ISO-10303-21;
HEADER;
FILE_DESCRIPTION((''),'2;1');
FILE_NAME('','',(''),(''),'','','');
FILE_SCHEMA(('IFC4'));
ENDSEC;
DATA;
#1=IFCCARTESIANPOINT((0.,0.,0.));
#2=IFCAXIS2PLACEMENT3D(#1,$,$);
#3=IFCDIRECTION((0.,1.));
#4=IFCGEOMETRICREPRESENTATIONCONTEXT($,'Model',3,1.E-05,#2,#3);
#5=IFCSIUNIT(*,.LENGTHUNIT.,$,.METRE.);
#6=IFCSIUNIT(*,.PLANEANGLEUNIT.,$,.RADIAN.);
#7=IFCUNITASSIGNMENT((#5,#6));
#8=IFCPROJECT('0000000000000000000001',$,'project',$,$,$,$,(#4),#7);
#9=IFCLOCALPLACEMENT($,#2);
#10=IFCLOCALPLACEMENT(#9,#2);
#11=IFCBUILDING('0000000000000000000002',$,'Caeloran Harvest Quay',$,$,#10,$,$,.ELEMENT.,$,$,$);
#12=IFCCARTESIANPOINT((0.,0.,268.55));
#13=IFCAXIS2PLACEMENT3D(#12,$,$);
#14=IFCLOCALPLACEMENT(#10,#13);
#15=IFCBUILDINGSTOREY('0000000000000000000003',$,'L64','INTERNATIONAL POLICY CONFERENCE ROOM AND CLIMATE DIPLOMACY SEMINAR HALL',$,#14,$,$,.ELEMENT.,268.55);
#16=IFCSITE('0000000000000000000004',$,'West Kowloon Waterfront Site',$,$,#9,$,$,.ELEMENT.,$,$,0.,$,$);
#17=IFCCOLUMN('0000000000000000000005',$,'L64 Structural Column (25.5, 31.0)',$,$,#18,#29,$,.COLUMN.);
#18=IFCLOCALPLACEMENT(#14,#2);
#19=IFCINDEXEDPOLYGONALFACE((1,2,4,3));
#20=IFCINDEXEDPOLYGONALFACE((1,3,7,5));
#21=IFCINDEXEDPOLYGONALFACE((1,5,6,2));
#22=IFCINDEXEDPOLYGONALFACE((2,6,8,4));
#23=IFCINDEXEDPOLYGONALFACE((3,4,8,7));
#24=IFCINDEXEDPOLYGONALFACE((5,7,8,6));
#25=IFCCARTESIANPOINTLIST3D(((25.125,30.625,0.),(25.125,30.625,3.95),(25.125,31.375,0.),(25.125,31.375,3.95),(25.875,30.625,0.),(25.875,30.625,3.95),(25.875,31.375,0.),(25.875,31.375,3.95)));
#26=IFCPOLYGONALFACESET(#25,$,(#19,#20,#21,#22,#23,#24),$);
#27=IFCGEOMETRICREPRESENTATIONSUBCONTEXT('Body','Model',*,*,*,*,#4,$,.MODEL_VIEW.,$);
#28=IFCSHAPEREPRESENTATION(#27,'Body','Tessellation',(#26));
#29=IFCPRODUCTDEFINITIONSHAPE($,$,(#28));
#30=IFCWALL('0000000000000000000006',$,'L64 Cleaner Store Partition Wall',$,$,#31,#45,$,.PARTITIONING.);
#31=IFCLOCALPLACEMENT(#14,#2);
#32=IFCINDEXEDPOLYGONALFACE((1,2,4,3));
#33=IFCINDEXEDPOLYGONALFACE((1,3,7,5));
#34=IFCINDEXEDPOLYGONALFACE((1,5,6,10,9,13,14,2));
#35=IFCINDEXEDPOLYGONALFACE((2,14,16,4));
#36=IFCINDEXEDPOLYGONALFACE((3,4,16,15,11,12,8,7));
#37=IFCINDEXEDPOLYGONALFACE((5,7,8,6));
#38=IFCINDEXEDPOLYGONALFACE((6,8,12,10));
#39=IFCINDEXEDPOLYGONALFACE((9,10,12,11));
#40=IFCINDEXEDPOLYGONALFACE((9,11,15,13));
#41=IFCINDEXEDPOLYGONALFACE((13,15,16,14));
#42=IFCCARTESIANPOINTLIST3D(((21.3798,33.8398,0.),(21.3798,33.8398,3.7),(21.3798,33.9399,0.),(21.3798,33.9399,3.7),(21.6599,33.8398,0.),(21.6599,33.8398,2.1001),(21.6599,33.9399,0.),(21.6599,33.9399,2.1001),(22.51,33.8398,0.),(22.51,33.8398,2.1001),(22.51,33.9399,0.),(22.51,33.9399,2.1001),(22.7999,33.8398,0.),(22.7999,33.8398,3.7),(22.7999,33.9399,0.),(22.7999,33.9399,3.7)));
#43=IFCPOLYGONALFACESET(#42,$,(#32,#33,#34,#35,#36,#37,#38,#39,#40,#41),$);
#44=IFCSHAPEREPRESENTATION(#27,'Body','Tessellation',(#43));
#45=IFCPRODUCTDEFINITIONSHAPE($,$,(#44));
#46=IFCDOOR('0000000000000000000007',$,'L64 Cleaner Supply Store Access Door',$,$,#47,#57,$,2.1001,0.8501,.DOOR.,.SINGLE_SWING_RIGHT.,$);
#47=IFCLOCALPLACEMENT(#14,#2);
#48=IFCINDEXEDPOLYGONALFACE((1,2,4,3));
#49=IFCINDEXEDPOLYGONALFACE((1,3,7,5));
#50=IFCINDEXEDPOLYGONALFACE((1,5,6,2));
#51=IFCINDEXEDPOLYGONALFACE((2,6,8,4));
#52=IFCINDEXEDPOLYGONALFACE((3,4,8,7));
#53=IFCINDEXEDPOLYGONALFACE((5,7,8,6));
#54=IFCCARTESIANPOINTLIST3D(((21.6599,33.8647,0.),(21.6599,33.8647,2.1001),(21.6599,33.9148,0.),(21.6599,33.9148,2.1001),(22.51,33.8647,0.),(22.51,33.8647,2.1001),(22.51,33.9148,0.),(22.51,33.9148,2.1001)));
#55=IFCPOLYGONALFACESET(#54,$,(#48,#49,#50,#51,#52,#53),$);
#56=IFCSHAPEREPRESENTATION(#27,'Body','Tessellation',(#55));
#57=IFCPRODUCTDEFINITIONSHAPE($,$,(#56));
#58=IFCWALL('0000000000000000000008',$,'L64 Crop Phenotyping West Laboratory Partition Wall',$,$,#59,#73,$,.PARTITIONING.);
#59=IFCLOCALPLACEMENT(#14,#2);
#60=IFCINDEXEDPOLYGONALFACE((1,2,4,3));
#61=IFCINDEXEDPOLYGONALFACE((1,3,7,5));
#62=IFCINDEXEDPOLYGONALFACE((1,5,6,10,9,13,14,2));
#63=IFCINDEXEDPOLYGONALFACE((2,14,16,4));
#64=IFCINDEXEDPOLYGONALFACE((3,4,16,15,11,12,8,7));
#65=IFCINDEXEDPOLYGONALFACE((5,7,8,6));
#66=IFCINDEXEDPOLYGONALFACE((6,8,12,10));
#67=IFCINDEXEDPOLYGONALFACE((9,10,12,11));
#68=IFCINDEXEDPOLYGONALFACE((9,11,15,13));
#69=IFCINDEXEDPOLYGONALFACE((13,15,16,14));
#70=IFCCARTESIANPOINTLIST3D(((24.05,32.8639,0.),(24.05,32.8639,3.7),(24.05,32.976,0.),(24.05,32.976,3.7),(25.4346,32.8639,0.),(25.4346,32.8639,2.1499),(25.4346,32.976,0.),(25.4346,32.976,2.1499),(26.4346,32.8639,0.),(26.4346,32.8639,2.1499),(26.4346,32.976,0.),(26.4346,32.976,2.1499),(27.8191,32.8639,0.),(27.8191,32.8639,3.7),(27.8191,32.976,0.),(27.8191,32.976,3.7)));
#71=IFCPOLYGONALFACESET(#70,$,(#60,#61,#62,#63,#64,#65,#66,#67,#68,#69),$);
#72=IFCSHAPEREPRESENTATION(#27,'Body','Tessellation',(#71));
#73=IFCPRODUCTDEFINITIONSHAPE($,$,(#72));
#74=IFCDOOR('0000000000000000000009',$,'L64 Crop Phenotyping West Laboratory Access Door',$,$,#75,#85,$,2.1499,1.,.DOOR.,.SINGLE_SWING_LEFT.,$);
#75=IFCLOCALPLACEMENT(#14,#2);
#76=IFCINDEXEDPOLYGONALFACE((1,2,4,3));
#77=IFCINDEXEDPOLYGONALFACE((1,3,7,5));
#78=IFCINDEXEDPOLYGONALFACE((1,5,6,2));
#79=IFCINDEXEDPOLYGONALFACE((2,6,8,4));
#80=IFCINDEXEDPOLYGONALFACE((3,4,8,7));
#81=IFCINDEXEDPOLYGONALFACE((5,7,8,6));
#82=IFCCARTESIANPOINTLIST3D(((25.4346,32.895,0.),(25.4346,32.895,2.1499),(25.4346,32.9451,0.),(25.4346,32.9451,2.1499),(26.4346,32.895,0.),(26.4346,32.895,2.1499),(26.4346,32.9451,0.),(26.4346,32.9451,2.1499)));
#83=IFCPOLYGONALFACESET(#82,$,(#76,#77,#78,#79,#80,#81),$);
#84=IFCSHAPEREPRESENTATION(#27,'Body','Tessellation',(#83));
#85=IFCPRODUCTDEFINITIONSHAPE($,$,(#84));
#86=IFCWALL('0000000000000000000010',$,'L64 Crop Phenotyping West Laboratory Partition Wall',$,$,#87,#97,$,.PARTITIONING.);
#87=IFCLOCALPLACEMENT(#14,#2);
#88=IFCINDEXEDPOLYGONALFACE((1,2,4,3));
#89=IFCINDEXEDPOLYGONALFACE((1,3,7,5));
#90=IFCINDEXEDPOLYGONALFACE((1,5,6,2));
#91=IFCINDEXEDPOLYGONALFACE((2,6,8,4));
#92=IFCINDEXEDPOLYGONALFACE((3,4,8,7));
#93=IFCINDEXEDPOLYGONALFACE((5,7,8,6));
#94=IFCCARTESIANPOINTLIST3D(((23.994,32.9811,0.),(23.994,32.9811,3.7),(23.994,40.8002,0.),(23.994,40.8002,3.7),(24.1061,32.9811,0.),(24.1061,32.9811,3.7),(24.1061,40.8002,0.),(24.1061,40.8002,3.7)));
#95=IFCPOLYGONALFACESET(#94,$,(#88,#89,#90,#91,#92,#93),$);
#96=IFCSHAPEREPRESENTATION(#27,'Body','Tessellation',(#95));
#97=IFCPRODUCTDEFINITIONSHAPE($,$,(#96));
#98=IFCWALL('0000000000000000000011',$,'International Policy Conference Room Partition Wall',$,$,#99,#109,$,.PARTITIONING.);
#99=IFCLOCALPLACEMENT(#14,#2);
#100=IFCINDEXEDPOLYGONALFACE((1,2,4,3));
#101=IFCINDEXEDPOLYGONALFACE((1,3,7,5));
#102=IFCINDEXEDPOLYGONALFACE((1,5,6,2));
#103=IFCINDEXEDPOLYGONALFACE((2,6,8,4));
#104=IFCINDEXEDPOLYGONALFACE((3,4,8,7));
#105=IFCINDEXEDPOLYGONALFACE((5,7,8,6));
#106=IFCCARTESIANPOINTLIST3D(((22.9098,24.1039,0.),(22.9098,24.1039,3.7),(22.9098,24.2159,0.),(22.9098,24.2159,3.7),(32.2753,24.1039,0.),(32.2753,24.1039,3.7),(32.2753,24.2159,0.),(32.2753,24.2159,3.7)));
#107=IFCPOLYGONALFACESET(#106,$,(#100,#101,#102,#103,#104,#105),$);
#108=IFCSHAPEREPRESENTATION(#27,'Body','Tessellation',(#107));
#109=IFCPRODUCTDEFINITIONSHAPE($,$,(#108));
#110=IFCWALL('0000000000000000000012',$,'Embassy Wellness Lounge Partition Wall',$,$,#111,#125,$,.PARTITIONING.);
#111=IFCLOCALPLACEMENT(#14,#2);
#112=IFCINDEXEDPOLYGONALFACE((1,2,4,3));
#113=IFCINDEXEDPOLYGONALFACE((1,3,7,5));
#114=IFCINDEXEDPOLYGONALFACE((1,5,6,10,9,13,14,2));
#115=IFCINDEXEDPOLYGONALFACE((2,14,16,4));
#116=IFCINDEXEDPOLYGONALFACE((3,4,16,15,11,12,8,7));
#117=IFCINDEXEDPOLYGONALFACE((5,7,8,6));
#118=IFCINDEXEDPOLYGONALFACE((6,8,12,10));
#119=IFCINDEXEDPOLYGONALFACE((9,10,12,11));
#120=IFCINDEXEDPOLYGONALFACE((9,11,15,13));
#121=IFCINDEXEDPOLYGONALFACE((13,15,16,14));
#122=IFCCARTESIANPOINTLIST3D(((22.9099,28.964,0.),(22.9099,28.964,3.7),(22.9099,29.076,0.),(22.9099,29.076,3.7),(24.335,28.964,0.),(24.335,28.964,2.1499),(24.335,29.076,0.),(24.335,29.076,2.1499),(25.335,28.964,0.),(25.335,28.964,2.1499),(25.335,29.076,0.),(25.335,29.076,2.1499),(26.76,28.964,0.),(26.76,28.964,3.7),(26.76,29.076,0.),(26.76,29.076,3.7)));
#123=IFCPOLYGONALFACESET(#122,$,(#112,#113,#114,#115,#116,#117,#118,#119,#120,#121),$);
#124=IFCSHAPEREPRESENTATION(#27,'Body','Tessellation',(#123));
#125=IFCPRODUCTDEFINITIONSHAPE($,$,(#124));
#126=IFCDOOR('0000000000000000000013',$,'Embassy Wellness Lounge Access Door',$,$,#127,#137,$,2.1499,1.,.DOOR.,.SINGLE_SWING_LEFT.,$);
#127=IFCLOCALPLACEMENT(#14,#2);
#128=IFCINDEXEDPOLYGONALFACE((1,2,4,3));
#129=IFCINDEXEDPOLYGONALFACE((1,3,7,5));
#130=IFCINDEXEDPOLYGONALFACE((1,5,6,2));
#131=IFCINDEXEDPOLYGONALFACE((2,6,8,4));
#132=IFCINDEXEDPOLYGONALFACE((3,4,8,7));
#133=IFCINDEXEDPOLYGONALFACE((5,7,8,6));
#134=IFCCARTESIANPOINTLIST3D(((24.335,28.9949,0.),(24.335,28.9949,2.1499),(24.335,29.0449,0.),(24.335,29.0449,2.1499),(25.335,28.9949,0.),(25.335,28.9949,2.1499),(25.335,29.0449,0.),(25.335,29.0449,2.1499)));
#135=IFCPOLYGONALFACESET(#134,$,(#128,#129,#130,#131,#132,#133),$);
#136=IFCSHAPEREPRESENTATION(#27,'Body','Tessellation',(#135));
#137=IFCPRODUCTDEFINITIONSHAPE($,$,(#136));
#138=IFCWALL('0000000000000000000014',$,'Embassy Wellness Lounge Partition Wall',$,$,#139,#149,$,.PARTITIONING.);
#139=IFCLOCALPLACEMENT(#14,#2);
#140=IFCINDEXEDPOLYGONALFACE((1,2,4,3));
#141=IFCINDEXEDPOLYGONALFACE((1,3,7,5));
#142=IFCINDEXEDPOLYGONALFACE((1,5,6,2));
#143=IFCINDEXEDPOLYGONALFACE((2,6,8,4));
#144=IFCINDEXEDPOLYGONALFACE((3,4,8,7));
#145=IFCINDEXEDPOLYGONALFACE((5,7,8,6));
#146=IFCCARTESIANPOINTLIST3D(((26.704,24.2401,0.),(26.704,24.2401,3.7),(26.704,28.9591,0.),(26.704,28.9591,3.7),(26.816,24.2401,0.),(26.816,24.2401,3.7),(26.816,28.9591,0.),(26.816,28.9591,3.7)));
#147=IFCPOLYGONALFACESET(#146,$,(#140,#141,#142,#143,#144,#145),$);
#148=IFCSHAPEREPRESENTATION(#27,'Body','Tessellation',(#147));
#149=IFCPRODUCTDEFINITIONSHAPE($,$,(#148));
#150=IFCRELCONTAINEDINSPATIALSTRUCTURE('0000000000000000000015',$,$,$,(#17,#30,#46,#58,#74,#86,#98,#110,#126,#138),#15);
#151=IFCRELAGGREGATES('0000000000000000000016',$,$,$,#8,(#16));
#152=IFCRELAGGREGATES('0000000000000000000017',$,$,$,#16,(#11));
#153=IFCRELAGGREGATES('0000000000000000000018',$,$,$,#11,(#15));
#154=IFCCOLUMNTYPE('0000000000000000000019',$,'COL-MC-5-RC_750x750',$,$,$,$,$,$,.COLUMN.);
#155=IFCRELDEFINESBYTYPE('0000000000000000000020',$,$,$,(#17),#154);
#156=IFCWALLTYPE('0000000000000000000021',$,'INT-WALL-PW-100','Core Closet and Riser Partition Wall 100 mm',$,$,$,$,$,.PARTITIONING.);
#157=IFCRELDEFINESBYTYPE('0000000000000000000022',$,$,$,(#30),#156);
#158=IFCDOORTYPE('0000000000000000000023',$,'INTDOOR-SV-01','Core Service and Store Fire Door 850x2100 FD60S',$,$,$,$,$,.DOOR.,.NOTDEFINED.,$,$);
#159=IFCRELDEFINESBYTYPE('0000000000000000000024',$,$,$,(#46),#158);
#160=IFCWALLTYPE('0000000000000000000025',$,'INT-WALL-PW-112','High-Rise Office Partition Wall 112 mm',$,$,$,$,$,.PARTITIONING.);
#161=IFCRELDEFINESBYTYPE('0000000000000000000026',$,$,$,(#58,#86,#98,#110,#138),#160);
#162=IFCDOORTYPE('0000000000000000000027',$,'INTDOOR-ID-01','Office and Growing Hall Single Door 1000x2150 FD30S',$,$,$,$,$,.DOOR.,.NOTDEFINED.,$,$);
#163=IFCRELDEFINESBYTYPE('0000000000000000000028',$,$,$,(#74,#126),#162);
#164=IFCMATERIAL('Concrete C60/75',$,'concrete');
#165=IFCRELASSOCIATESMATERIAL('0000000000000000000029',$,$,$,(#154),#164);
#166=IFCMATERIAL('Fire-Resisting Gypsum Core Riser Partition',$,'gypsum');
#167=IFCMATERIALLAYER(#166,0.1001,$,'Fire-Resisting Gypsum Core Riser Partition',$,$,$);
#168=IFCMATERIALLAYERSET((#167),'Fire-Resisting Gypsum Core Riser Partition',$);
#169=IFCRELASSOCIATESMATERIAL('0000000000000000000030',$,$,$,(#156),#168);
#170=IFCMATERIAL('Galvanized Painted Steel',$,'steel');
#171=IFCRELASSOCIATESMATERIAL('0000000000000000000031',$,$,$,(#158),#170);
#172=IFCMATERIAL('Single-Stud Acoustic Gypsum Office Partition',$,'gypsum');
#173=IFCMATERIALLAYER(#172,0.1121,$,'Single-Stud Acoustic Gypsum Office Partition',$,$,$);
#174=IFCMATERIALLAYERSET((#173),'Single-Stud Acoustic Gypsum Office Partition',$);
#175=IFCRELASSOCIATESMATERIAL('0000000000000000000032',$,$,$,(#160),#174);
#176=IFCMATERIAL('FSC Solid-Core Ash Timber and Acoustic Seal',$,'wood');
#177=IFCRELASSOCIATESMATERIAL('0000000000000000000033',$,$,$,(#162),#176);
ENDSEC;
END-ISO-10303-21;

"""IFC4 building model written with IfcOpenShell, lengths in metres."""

from ifc_helpers import new_model, si_unit, direction, frame, frame_2d, origin, origin_2d, place, context, subcontext, project, spatial, rectangle, extrude, material, layer, layer_set, material_profile, profile_set, type_object, element, fill, save


model = new_model("IFC4")

# Units and contexts
model_context = context("Model", 3, precision=1e-05, world=origin(), true_north=direction((0.0, 1.0)))
body_context = subcontext(model_context, "Body", "Model", "MODEL_VIEW")
ifc_project = project(units=[si_unit("LENGTHUNIT", "METRE"), si_unit("PLANEANGLEUNIT", "RADIAN")], contexts=[model_context])

# Site, building, storey
site_placement = place(None, origin())
site = spatial("IfcSite", under=ifc_project, at=site_placement, Name="West Kowloon Waterfront Site", CompositionType="ELEMENT", RefElevation=0.0)
building_placement = place(site_placement, origin())
building = spatial("IfcBuilding", under=site, at=building_placement, Name="Caeloran Harvest Quay", CompositionType="ELEMENT")
storey_placement = place(building_placement, frame((0.0, 0.0, 268.55)))
storey = spatial("IfcBuildingStorey", under=building, at=storey_placement, Name="L64", Description="INTERNATIONAL POLICY CONFERENCE ROOM AND CLIMATE DIPLOMACY SEMINAR HALL", CompositionType="ELEMENT", Elevation=268.55)

# Column
ifc_material_1 = material(Name="Concrete C60/75", Category="concrete")
ifc_material_profile = material_profile(ifc_material_1, rectangle(XDim=0.75, YDim=0.75, at=origin_2d()), Name="RC 750x750")
ifc_profile_set = profile_set([ifc_material_profile], Name="Concrete C60/75")
column_type = type_object("IfcColumnType", Name="COL-MC-5-RC_750x750", PredefinedType="COLUMN", material=ifc_profile_set)
column_placement = place(storey_placement, frame((25.5, 31.0, 0.0), z_axis=(0.0, 0.0, 1.0), x_axis=(1.0, 0.0, 0.0)))
element("IfcColumn", 1, at=column_placement, inside=storey, type_object=column_type, Name="L64 Structural Column (25.5, 31.0)", PredefinedType="COLUMN", context=body_context, shape_type="SweptSolid", body=[
    extrude(rectangle(XDim=0.75, YDim=0.75, at=origin_2d()), origin(), (0.0, 0.0, 1.0), 3.95),
])

# Walls, openings, doors
ifc_material_2 = material(Name="Fire-Resisting Gypsum Core Riser Partition", Category="gypsum")
ifc_layer_1 = layer(ifc_material_2, 0.1001, Name="Fire-Resisting Gypsum Core Riser Partition")
ifc_layer_set_1 = layer_set([ifc_layer_1], Name="Fire-Resisting Gypsum Core Riser Partition")
wall_type_1 = type_object("IfcWallType", Name="INT-WALL-PW-100", Description="Core Closet and Riser Partition Wall 100 mm", PredefinedType="PARTITIONING", material=ifc_layer_set_1)
wall_1_placement = place(storey_placement, frame((21.3799, 33.8899, 0.0), z_axis=(0.0, 0.0, 1.0), x_axis=(1.0, 0.0, 0.0)))
wall_1 = element("IfcWall", 2, at=wall_1_placement, inside=storey, type_object=wall_type_1, Name="L64 Cleaner Store Partition Wall", PredefinedType="PARTITIONING", context=body_context, shape_type="SweptSolid", body=[
    extrude(rectangle(XDim=1.4202, YDim=0.1001, at=frame_2d((0.71, 0.0))), origin(), (0.0, 0.0, 1.0), 3.7),
])
opening_1_placement = place(wall_1_placement, frame((0.28, 0.0, 0.0)))
opening_1 = element("IfcOpeningElement", 3, at=opening_1_placement, cuts=wall_1, PredefinedType="OPENING", context=body_context, shape_type="SweptSolid", body=[
    extrude(rectangle(XDim=0.8501, YDim=2.1001, at=frame_2d((0.425, 1.05))), frame((0.0, 0.0601, 0.0), z_axis=(0.0, -1.0, 0.0), x_axis=(1.0, 0.0, 0.0)), (0.0, 0.0, 1.0), 0.1201),
])
ifc_material_3 = material(Name="Galvanized Painted Steel", Category="steel")
door_type_1 = type_object("IfcDoorType", Name="INTDOOR-SV-01", Description="Core Service and Store Fire Door 850x2100 FD60S", OperationType="NOTDEFINED", PredefinedType="DOOR", material=ifc_material_3)
door_1_placement = place(opening_1_placement, origin())
door_1 = element("IfcDoor", 4, at=door_1_placement, inside=storey, type_object=door_type_1, Name="L64 Cleaner Supply Store Access Door", OperationType="SINGLE_SWING_RIGHT", OverallHeight=2.1001, OverallWidth=0.8501, PredefinedType="DOOR", context=body_context, shape_type="SweptSolid", body=[
    extrude(rectangle(XDim=0.8501, YDim=2.1001, at=frame_2d((0.425, 1.05))), frame((0.0, 0.0249, 0.0), z_axis=(0.0, -1.0, 0.0), x_axis=(1.0, 0.0, 0.0)), (0.0, 0.0, 1.0), 0.05),
])
fill(opening_1, door_1)
ifc_material_4 = material(Name="Single-Stud Acoustic Gypsum Office Partition", Category="gypsum")
ifc_layer_2 = layer(ifc_material_4, 0.1121, Name="Single-Stud Acoustic Gypsum Office Partition")
ifc_layer_set_2 = layer_set([ifc_layer_2], Name="Single-Stud Acoustic Gypsum Office Partition")
wall_type_2 = type_object("IfcWallType", Name="INT-WALL-PW-112", Description="High-Rise Office Partition Wall 112 mm", PredefinedType="PARTITIONING", material=ifc_layer_set_2)
wall_2_placement = place(storey_placement, frame((27.8191, 32.9199, 0.0), z_axis=(0.0, 0.0, 1.0), x_axis=(-1.0, 0.0, 0.0)))
wall_2 = element("IfcWall", 5, at=wall_2_placement, inside=storey, type_object=wall_type_2, Name="L64 Crop Phenotyping West Laboratory Partition Wall", PredefinedType="PARTITIONING", context=body_context, shape_type="SweptSolid", body=[
    extrude(rectangle(XDim=3.769, YDim=0.1121, at=frame_2d((1.8845, 0.0))), origin(), (0.0, 0.0, 1.0), 3.7),
])
opening_2_placement = place(wall_2_placement, frame((1.3845, 0.0, 0.0)))
opening_2 = element("IfcOpeningElement", 6, at=opening_2_placement, cuts=wall_2, PredefinedType="OPENING", context=body_context, shape_type="SweptSolid", body=[
    extrude(rectangle(XDim=1.0, YDim=2.1499, at=frame_2d((0.5, 1.075))), frame((0.0, 0.0659, 0.0), z_axis=(0.0, -1.0, 0.0), x_axis=(1.0, 0.0, 0.0)), (0.0, 0.0, 1.0), 0.1321),
])
ifc_material_5 = material(Name="FSC Solid-Core Ash Timber and Acoustic Seal", Category="wood")
door_type_2 = type_object("IfcDoorType", Name="INTDOOR-ID-01", Description="Office and Growing Hall Single Door 1000x2150 FD30S", OperationType="NOTDEFINED", PredefinedType="DOOR", material=ifc_material_5)
door_2_placement = place(opening_2_placement, origin())
door_2 = element("IfcDoor", 7, at=door_2_placement, inside=storey, type_object=door_type_2, Name="L64 Crop Phenotyping West Laboratory Access Door", OperationType="SINGLE_SWING_LEFT", OverallHeight=2.1499, OverallWidth=1.0, PredefinedType="DOOR", context=body_context, shape_type="SweptSolid", body=[
    extrude(rectangle(XDim=1.0, YDim=2.1499, at=frame_2d((0.5, 1.075))), frame((0.0, 0.0249, 0.0), z_axis=(0.0, -1.0, 0.0), x_axis=(1.0, 0.0, 0.0)), (0.0, 0.0, 1.0), 0.05),
])
fill(opening_2, door_2)

# Wall
wall_3_placement = place(storey_placement, frame((24.05, 32.981, 0.0), z_axis=(0.0, 0.0, 1.0), x_axis=(0.0, 1.0, 0.0)))
element("IfcWall", 8, at=wall_3_placement, inside=storey, type_object=wall_type_2, Name="L64 Crop Phenotyping West Laboratory Partition Wall", PredefinedType="PARTITIONING", context=body_context, shape_type="SweptSolid", body=[
    extrude(rectangle(XDim=7.8191, YDim=0.1121, at=frame_2d((3.9097, 0.0))), origin(), (0.0, 0.0, 1.0), 3.7),
])

# Wall
wall_4_placement = place(storey_placement, frame((22.9099, 24.1599, 0.0), z_axis=(0.0, 0.0, 1.0), x_axis=(1.0, 0.0, 0.0)))
element("IfcWall", 9, at=wall_4_placement, inside=storey, type_object=wall_type_2, Name="International Policy Conference Room Partition Wall", PredefinedType="PARTITIONING", context=body_context, shape_type="SweptSolid", body=[
    extrude(rectangle(XDim=9.3655, YDim=0.1121, at=frame_2d((4.6826, 0.0))), origin(), (0.0, 0.0, 1.0), 3.7),
])

# Wall, opening, door
wall_5_placement = place(storey_placement, frame((22.9099, 29.02, 0.0), z_axis=(0.0, 0.0, 1.0), x_axis=(1.0, 0.0, 0.0)))
wall_5 = element("IfcWall", 10, at=wall_5_placement, inside=storey, type_object=wall_type_2, Name="Embassy Wellness Lounge Partition Wall", PredefinedType="PARTITIONING", context=body_context, shape_type="SweptSolid", body=[
    extrude(rectangle(XDim=3.8501, YDim=0.1121, at=frame_2d((1.925, 0.0))), origin(), (0.0, 0.0, 1.0), 3.7),
])
opening_3_placement = place(wall_5_placement, frame((1.425, 0.0, 0.0)))
opening_3 = element("IfcOpeningElement", 11, at=opening_3_placement, cuts=wall_5, PredefinedType="OPENING", context=body_context, shape_type="SweptSolid", body=[
    extrude(rectangle(XDim=1.0, YDim=2.1499, at=frame_2d((0.5, 1.075))), frame((0.0, 0.0659, 0.0), z_axis=(0.0, -1.0, 0.0), x_axis=(1.0, 0.0, 0.0)), (0.0, 0.0, 1.0), 0.1321),
])
door_3_placement = place(opening_3_placement, origin())
door_3 = element("IfcDoor", 12, at=door_3_placement, inside=storey, type_object=door_type_2, Name="Embassy Wellness Lounge Access Door", OperationType="SINGLE_SWING_LEFT", OverallHeight=2.1499, OverallWidth=1.0, PredefinedType="DOOR", context=body_context, shape_type="SweptSolid", body=[
    extrude(rectangle(XDim=1.0, YDim=2.1499, at=frame_2d((0.5, 1.075))), frame((0.0, 0.0249, 0.0), z_axis=(0.0, -1.0, 0.0), x_axis=(1.0, 0.0, 0.0)), (0.0, 0.0, 1.0), 0.05),
])
fill(opening_3, door_3)

# Wall
wall_6_placement = place(storey_placement, frame((26.76, 28.959, 0.0), z_axis=(0.0, 0.0, 1.0), x_axis=(0.0, -1.0, 0.0)))
element("IfcWall", 13, at=wall_6_placement, inside=storey, type_object=wall_type_2, Name="Embassy Wellness Lounge Partition Wall", PredefinedType="PARTITIONING", context=body_context, shape_type="SweptSolid", body=[
    extrude(rectangle(XDim=4.719, YDim=0.1121, at=frame_2d((2.3594, 0.0))), origin(), (0.0, 0.0, 1.0), 3.7),
])

save(model, "model.ifc")
